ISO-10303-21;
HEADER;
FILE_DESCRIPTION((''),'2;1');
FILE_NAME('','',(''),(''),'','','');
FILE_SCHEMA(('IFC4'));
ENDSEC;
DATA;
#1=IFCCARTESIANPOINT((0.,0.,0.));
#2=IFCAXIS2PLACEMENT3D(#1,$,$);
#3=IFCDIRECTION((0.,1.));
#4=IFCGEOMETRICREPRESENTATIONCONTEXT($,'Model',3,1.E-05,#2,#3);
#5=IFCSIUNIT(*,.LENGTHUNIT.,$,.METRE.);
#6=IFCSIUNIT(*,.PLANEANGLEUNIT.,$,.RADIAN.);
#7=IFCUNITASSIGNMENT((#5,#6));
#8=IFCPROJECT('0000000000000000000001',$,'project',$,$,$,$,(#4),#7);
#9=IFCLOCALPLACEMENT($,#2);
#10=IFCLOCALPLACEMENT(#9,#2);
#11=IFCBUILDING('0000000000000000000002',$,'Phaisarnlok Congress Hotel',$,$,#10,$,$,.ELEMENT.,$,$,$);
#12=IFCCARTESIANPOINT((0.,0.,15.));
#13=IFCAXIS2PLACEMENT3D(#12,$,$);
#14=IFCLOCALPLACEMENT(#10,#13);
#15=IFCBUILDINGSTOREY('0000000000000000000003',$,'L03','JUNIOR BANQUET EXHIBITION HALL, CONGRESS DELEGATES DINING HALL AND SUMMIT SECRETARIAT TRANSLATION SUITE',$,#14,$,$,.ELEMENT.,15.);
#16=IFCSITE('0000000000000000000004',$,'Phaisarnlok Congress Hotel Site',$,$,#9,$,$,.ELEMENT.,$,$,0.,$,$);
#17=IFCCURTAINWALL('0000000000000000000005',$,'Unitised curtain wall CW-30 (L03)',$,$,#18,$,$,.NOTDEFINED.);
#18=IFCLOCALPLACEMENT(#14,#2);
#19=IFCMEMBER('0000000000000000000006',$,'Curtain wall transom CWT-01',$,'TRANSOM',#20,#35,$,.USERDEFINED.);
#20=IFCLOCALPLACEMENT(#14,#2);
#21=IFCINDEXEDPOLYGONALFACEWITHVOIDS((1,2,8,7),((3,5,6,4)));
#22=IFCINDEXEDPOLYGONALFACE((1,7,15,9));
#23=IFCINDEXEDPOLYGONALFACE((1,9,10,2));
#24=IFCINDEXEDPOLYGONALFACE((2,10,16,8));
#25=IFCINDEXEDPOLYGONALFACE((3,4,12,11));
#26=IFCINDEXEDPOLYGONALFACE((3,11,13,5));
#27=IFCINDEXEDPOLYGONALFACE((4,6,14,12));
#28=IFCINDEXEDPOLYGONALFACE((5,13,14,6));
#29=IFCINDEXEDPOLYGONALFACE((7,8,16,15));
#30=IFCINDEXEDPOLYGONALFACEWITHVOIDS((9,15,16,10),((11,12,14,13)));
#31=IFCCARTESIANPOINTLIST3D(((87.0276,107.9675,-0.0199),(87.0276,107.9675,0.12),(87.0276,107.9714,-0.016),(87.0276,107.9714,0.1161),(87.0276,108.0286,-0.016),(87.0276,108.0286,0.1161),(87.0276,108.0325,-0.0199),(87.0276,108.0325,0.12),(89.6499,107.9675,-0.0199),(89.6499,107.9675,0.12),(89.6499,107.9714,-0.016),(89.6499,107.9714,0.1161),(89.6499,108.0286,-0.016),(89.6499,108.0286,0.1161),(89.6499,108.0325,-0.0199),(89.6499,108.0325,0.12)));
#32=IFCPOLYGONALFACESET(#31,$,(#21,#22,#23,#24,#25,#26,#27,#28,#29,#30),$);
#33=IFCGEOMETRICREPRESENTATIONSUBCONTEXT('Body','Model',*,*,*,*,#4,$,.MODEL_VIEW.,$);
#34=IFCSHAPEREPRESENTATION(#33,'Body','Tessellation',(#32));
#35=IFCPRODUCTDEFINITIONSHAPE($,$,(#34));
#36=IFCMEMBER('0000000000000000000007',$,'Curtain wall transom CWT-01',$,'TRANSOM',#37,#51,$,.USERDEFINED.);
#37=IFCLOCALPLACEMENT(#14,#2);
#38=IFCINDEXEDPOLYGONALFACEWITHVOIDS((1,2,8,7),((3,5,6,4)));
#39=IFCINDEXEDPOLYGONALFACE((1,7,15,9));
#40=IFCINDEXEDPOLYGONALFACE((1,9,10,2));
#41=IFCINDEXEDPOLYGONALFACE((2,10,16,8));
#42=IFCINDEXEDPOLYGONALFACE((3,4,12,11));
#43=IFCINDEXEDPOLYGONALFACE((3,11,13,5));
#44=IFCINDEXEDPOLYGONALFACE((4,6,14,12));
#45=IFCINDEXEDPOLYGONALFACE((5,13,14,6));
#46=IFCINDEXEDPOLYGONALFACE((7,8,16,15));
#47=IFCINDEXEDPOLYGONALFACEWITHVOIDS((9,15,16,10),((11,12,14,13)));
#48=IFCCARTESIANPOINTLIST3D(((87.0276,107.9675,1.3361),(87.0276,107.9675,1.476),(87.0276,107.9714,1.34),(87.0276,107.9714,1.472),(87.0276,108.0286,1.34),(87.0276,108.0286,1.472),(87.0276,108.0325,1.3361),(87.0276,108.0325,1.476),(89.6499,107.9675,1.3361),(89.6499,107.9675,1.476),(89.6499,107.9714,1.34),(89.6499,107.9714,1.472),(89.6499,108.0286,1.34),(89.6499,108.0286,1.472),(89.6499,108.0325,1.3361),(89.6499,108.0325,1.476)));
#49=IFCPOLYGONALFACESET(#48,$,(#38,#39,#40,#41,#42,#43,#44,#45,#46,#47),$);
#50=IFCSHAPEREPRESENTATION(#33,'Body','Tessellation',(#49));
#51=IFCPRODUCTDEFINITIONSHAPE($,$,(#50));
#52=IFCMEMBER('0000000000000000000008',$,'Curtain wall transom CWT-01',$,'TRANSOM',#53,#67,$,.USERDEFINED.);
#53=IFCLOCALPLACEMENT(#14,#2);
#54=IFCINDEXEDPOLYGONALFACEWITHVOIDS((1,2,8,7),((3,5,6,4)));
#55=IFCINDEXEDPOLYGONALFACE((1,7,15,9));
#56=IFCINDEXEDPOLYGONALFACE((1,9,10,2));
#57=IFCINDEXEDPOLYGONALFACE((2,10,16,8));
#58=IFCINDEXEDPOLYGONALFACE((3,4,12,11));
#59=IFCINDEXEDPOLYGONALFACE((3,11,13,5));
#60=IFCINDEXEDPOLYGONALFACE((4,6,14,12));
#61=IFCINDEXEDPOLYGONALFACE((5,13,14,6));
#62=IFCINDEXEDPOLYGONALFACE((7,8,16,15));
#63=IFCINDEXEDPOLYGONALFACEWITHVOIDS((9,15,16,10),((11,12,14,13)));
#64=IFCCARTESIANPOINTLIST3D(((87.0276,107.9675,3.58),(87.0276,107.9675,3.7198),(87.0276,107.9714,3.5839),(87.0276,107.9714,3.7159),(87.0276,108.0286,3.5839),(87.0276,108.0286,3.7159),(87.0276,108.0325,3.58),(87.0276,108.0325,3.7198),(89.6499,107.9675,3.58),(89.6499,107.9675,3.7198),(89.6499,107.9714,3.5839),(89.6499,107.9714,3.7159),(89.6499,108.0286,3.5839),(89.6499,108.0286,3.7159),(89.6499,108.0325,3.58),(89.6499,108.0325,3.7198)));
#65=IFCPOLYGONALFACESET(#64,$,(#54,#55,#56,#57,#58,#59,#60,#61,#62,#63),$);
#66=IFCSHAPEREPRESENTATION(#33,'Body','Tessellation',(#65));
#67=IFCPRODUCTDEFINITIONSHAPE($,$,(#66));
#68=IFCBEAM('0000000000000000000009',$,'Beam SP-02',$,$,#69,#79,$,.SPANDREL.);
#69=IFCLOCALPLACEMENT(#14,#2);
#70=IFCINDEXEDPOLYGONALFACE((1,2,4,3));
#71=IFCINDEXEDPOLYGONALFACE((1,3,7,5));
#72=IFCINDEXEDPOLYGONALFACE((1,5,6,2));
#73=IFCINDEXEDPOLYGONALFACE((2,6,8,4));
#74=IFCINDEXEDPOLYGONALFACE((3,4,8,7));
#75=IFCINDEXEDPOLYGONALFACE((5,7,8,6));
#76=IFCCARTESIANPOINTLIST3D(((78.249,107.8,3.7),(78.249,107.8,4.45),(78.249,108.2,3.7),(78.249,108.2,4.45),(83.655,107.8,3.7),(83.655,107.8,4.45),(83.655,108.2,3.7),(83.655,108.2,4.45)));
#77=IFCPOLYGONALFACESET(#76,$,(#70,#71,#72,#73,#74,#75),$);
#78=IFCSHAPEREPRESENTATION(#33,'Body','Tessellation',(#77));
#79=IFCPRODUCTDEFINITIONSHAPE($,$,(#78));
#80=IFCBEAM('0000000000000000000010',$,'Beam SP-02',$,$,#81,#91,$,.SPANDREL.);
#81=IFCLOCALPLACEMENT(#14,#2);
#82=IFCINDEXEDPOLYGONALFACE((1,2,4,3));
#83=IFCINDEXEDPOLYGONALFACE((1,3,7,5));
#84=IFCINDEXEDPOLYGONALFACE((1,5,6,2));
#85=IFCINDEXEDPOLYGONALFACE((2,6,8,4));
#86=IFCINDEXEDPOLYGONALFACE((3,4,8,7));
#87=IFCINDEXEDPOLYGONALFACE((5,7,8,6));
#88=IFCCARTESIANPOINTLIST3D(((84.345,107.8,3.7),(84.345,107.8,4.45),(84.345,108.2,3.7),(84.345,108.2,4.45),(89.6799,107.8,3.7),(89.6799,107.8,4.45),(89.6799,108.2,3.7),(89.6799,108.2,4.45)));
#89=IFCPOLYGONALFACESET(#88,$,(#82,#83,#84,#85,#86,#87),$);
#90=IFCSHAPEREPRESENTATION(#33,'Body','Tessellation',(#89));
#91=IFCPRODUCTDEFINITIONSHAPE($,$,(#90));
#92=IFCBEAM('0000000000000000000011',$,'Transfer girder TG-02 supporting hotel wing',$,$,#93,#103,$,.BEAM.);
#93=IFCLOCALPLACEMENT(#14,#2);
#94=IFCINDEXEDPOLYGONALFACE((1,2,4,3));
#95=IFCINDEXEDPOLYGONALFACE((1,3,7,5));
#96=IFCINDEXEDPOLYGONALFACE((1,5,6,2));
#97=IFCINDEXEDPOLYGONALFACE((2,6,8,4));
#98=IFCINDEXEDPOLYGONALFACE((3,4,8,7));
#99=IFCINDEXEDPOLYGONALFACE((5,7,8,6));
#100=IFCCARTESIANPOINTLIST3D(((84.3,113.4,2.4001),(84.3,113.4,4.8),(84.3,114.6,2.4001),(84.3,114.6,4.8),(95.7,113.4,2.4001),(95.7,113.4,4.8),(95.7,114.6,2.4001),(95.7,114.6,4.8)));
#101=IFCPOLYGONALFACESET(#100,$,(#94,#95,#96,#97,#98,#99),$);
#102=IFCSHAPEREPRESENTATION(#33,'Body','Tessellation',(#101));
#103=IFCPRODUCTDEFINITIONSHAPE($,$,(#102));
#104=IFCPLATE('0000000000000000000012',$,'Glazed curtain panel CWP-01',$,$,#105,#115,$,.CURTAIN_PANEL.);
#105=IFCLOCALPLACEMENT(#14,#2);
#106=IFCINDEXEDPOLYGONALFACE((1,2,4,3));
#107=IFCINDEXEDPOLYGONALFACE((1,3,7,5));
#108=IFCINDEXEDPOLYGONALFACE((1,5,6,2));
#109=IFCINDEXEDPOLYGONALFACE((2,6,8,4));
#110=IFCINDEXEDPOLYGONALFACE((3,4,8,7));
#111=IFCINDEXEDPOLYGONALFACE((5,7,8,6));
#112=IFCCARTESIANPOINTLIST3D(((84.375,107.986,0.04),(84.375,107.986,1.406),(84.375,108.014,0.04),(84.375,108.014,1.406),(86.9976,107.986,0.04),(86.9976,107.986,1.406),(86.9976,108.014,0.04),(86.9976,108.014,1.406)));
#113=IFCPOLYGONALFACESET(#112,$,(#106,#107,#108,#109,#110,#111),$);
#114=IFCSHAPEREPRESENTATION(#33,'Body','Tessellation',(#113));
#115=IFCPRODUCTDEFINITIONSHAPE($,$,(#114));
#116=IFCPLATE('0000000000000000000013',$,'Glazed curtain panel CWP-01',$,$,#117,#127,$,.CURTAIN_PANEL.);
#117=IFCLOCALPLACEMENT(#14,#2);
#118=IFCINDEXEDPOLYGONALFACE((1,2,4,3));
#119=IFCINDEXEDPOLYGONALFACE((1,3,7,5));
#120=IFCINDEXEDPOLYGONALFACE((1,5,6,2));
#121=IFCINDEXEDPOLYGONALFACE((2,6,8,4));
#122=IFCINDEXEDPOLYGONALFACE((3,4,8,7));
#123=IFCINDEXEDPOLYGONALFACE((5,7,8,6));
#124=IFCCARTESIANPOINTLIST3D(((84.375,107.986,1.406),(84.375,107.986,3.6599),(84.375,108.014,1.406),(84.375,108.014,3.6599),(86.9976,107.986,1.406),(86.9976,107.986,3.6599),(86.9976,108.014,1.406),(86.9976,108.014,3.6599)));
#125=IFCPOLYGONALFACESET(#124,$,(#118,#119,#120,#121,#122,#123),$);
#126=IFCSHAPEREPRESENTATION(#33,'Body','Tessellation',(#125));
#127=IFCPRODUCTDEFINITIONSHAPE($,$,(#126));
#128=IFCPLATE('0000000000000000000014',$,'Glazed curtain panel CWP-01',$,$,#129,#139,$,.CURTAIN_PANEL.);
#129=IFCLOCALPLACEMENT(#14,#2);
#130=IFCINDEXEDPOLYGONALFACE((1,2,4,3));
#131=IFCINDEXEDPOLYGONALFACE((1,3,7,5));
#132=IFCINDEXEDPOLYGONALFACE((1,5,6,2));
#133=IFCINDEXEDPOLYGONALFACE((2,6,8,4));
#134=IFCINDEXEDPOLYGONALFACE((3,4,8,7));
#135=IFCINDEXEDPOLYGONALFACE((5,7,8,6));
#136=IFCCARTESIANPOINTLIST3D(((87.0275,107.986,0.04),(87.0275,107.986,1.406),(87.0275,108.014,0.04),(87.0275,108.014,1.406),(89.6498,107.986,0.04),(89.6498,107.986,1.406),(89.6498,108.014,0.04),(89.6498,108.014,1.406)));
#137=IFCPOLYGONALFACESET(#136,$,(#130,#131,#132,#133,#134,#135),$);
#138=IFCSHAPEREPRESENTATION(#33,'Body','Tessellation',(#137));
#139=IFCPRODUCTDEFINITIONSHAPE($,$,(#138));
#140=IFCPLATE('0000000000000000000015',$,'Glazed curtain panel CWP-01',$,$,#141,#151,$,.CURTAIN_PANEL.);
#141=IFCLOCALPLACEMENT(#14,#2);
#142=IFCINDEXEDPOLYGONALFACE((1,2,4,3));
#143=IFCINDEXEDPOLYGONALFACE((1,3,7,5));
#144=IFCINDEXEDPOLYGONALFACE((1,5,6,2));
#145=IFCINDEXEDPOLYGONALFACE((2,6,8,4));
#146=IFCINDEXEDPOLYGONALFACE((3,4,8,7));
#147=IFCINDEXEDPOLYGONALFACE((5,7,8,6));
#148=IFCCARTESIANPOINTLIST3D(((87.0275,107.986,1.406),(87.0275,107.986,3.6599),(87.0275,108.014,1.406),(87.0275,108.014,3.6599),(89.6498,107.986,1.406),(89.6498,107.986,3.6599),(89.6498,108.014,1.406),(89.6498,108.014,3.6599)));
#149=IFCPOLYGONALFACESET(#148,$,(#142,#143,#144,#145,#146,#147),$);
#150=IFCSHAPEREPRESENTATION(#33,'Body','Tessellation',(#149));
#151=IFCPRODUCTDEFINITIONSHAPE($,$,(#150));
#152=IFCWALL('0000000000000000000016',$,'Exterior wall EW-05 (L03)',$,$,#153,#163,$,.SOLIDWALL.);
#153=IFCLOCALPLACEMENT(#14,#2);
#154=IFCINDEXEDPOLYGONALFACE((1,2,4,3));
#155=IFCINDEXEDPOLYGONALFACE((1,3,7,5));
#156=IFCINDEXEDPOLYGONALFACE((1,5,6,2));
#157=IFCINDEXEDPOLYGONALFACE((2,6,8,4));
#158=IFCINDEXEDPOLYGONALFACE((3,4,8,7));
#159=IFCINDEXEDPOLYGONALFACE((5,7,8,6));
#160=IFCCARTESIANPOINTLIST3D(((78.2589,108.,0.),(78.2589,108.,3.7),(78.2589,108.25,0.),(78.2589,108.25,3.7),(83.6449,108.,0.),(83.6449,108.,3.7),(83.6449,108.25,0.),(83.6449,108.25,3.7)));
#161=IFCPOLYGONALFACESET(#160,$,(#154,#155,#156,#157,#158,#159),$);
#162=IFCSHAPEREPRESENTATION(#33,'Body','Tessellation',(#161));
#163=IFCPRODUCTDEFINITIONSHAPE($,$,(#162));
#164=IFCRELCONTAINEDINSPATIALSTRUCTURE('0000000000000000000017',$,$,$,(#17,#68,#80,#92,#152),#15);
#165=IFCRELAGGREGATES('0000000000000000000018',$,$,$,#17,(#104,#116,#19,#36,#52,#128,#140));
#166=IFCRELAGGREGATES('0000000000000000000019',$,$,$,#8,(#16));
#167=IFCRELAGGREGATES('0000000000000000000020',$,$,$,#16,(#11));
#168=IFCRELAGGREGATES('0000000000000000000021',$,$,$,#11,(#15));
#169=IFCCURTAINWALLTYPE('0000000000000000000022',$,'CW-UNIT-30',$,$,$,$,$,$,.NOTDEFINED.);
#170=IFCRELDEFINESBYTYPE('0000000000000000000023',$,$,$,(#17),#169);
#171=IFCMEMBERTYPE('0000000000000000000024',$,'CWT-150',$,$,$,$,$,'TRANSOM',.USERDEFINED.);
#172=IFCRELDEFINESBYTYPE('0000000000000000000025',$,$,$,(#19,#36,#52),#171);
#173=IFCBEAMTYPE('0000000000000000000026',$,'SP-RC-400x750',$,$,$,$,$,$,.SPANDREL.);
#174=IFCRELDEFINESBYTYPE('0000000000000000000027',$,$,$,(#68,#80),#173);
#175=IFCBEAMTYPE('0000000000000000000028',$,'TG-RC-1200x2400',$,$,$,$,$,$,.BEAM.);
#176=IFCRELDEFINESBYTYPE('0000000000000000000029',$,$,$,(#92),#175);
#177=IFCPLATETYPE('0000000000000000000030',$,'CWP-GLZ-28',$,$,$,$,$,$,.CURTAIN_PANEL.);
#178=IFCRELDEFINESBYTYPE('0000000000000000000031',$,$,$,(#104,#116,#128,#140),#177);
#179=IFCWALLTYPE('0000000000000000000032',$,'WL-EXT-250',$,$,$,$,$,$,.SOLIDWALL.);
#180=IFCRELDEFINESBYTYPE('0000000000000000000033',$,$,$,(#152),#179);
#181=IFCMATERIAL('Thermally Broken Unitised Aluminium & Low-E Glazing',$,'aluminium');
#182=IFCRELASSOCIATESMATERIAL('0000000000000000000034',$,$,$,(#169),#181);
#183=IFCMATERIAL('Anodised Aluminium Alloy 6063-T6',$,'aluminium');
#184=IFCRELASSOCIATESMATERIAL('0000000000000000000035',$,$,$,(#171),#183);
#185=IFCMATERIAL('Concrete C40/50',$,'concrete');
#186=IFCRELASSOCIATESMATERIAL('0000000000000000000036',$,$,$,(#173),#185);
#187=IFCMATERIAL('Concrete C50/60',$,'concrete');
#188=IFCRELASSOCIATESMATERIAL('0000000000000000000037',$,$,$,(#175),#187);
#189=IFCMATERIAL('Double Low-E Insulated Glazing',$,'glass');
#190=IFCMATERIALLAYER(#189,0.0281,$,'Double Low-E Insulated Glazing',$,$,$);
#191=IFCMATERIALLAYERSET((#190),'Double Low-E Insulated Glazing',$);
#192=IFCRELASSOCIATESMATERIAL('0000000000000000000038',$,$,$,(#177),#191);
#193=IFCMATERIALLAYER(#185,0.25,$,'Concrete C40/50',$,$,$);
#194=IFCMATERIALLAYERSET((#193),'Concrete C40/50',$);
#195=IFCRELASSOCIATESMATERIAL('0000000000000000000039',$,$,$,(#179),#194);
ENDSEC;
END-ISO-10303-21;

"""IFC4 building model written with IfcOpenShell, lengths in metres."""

from ifc_helpers import new_model, si_unit, direction, frame, frame_2d, origin, origin_2d, place, context, subcontext, project, spatial, rectangle, hollow_rectangle, extrude, material, layer, layer_set, material_profile, profile_set, type_object, element, aggregate, save


model = new_model("IFC4")

# Units and contexts
model_context = context("Model", 3, precision=1e-05, world=origin(), true_north=direction((0.0, 1.0)))
body_context = subcontext(model_context, "Body", "Model", "MODEL_VIEW")
ifc_project = project(units=[si_unit("LENGTHUNIT", "METRE"), si_unit("PLANEANGLEUNIT", "RADIAN")], contexts=[model_context])

# Site, building, storey
site_placement = place(None, origin())
site = spatial("IfcSite", under=ifc_project, at=site_placement, Name="Phaisarnlok Congress Hotel Site", CompositionType="ELEMENT", RefElevation=0.0)
building_placement = place(site_placement, origin())
building = spatial("IfcBuilding", under=site, at=building_placement, Name="Phaisarnlok Congress Hotel", CompositionType="ELEMENT")
storey_placement = place(building_placement, frame((0.0, 0.0, 15.0)))
storey = spatial("IfcBuildingStorey", under=building, at=storey_placement, Name="L03", Description="JUNIOR BANQUET EXHIBITION HALL, CONGRESS DELEGATES DINING HALL AND SUMMIT SECRETARIAT TRANSLATION SUITE", CompositionType="ELEMENT", Elevation=15.0)

# Shared definitions
ifc_material_1 = material(Name="Concrete C50/60", Category="concrete")

# Shared definitions
ifc_material_2 = material(Name="Concrete C40/50", Category="concrete")

# Curtain wall, members
ifc_material_3 = material(Name="Thermally Broken Unitised Aluminium & Low-E Glazing", Category="aluminium")
curtain_wall_type = type_object("IfcCurtainWallType", Name="CW-UNIT-30", PredefinedType="NOTDEFINED", material=ifc_material_3)
curtain_wall_placement = place(storey_placement, origin())
curtain_wall = element("IfcCurtainWall", 1, at=curtain_wall_placement, inside=storey, type_object=curtain_wall_type, Name="Unitised curtain wall CW-30 (L03)", PredefinedType="NOTDEFINED")
ifc_material_4 = material(Name="Anodised Aluminium Alloy 6063-T6", Category="aluminium")
ifc_material_profile_1 = material_profile(ifc_material_4, hollow_rectangle(XDim=0.0649, YDim=0.1399, WallThickness=0.0039, at=origin_2d()), Name="ALU-T 65x140x4")
ifc_profile_set_1 = profile_set([ifc_material_profile_1], Name="Anodised Aluminium Alloy 6063-T6")
member_type_1 = type_object("IfcMemberType", Name="CWT-150", ElementType="TRANSOM", PredefinedType="USERDEFINED", material=ifc_profile_set_1)
member_1_placement = place(storey_placement, frame((87.0276, 108.0, 0.05), z_axis=(1.0, 0.0, 0.0), x_axis=(0.0, 1.0, 0.0)))
member_1 = element("IfcMember", 2, at=member_1_placement, type_object=member_type_1, Name="Curtain wall transom CWT-01", ObjectType="TRANSOM", PredefinedType="USERDEFINED", context=body_context, shape_type="SweptSolid", body=[
    extrude(hollow_rectangle(XDim=0.0649, YDim=0.1399, WallThickness=0.0039, at=origin_2d()), origin(), (0.0, 0.0, 1.0), 2.6223),
])
member_2_placement = place(storey_placement, frame((87.0276, 108.0, 1.406), z_axis=(1.0, 0.0, 0.0), x_axis=(0.0, 1.0, 0.0)))
member_2 = element("IfcMember", 3, at=member_2_placement, type_object=member_type_1, Name="Curtain wall transom CWT-01", ObjectType="TRANSOM", PredefinedType="USERDEFINED", context=body_context, shape_type="SweptSolid", body=[
    extrude(hollow_rectangle(XDim=0.0649, YDim=0.1399, WallThickness=0.0039, at=origin_2d()), origin(), (0.0, 0.0, 1.0), 2.6223),
])
member_3_placement = place(storey_placement, frame((87.0276, 108.0, 3.6499), z_axis=(1.0, 0.0, 0.0), x_axis=(0.0, 1.0, 0.0)))
member_3 = element("IfcMember", 4, at=member_3_placement, type_object=member_type_1, Name="Curtain wall transom CWT-01", ObjectType="TRANSOM", PredefinedType="USERDEFINED", context=body_context, shape_type="SweptSolid", body=[
    extrude(hollow_rectangle(XDim=0.0649, YDim=0.1399, WallThickness=0.0039, at=origin_2d()), origin(), (0.0, 0.0, 1.0), 2.6223),
])

# Beams
ifc_material_profile_2 = material_profile(ifc_material_2, rectangle(XDim=0.3999, YDim=0.75, at=origin_2d()), Name="RC 400x750")
ifc_profile_set_2 = profile_set([ifc_material_profile_2], Name="Concrete C40/50")
beam_type_1 = type_object("IfcBeamType", Name="SP-RC-400x750", PredefinedType="SPANDREL", material=ifc_profile_set_2)
beam_1_placement = place(storey_placement, frame((78.249, 108.0, 4.075), z_axis=(1.0, 0.0, 0.0), x_axis=(0.0, 1.0, 0.0)))
element("IfcBeam", 5, at=beam_1_placement, inside=storey, type_object=beam_type_1, Name="Beam SP-02", PredefinedType="SPANDREL", context=body_context, shape_type="SweptSolid", body=[
    extrude(rectangle(XDim=0.3999, YDim=0.75, at=origin_2d()), origin(), (0.0, 0.0, 1.0), 5.406),
])
beam_2_placement = place(storey_placement, frame((84.345, 108.0, 4.075), z_axis=(1.0, 0.0, 0.0), x_axis=(0.0, 1.0, 0.0)))
element("IfcBeam", 6, at=beam_2_placement, inside=storey, type_object=beam_type_1, Name="Beam SP-02", PredefinedType="SPANDREL", context=body_context, shape_type="SweptSolid", body=[
    extrude(rectangle(XDim=0.3999, YDim=0.75, at=origin_2d()), origin(), (0.0, 0.0, 1.0), 5.335),
])
ifc_material_profile_3 = material_profile(ifc_material_1, rectangle(XDim=1.2, YDim=2.3999, at=origin_2d()), Name="RC 1200x2400")
ifc_profile_set_3 = profile_set([ifc_material_profile_3], Name="Concrete C50/60")
beam_type_2 = type_object("IfcBeamType", Name="TG-RC-1200x2400", PredefinedType="BEAM", material=ifc_profile_set_3)
beam_3_placement = place(storey_placement, frame((84.3, 114.0, 3.6001), z_axis=(1.0, 0.0, 0.0), x_axis=(0.0, 1.0, 0.0)))
element("IfcBeam", 7, at=beam_3_placement, inside=storey, type_object=beam_type_2, Name="Transfer girder TG-02 supporting hotel wing", PredefinedType="BEAM", context=body_context, shape_type="SweptSolid", body=[
    extrude(rectangle(XDim=1.2, YDim=2.3999, at=origin_2d()), origin(), (0.0, 0.0, 1.0), 11.3999),
])

# Plates
ifc_material_5 = material(Name="Double Low-E Insulated Glazing", Category="glass")
ifc_layer_1 = layer(ifc_material_5, 0.0281, Name="Double Low-E Insulated Glazing")
ifc_layer_set_1 = layer_set([ifc_layer_1], Name="Double Low-E Insulated Glazing")
plate_type = type_object("IfcPlateType", Name="CWP-GLZ-28", PredefinedType="CURTAIN_PANEL", material=ifc_layer_set_1)
plate_1_placement = place(storey_placement, frame((84.375, 108.0, 0.04), z_axis=(0.0, 0.0, 1.0), x_axis=(1.0, 0.0, 0.0)))
plate_1 = element("IfcPlate", 8, at=plate_1_placement, type_object=plate_type, Name="Glazed curtain panel CWP-01", PredefinedType="CURTAIN_PANEL", context=body_context, shape_type="SweptSolid", body=[
    extrude(rectangle(XDim=2.6226, YDim=0.0281, at=frame_2d((1.3113, 0.0))), origin(), (0.0, 0.0, 1.0), 1.366),
])
plate_2_placement = place(storey_placement, frame((84.375, 108.0, 1.406), z_axis=(0.0, 0.0, 1.0), x_axis=(1.0, 0.0, 0.0)))
plate_2 = element("IfcPlate", 9, at=plate_2_placement, type_object=plate_type, Name="Glazed curtain panel CWP-01", PredefinedType="CURTAIN_PANEL", context=body_context, shape_type="SweptSolid", body=[
    extrude(rectangle(XDim=2.6226, YDim=0.0281, at=frame_2d((1.3113, 0.0))), origin(), (0.0, 0.0, 1.0), 2.2539),
])
plate_3_placement = place(storey_placement, frame((87.0276, 108.0, 0.04), z_axis=(0.0, 0.0, 1.0), x_axis=(1.0, 0.0, 0.0)))
plate_3 = element("IfcPlate", 10, at=plate_3_placement, type_object=plate_type, Name="Glazed curtain panel CWP-01", PredefinedType="CURTAIN_PANEL", context=body_context, shape_type="SweptSolid", body=[
    extrude(rectangle(XDim=2.6223, YDim=0.0281, at=frame_2d((1.311, 0.0))), origin(), (0.0, 0.0, 1.0), 1.366),
])
plate_4_placement = place(storey_placement, frame((87.0276, 108.0, 1.406), z_axis=(0.0, 0.0, 1.0), x_axis=(1.0, 0.0, 0.0)))
plate_4 = element("IfcPlate", 11, at=plate_4_placement, type_object=plate_type, Name="Glazed curtain panel CWP-01", PredefinedType="CURTAIN_PANEL", context=body_context, shape_type="SweptSolid", body=[
    extrude(rectangle(XDim=2.6223, YDim=0.0281, at=frame_2d((1.311, 0.0))), origin(), (0.0, 0.0, 1.0), 2.2539),
])
aggregate(curtain_wall, [plate_1, plate_2, member_1, member_2, member_3, plate_3, plate_4])

# Wall
ifc_layer_2 = layer(ifc_material_2, 0.25, Name="Concrete C40/50")
ifc_layer_set_2 = layer_set([ifc_layer_2], Name="Concrete C40/50")
wall_type_1 = type_object("IfcWallType", Name="WL-EXT-250", PredefinedType="SOLIDWALL", material=ifc_layer_set_2)
wall_1_placement = place(storey_placement, frame((78.259, 108.125, 0.0), z_axis=(0.0, 0.0, 1.0), x_axis=(1.0, 0.0, 0.0)))
element("IfcWall", 12, at=wall_1_placement, inside=storey, type_object=wall_type_1, Name="Exterior wall EW-05 (L03)", PredefinedType="SOLIDWALL", context=body_context, shape_type="SweptSolid", body=[
    extrude(rectangle(XDim=5.386, YDim=0.25, at=frame_2d((2.6929, 0.0))), origin(), (0.0, 0.0, 1.0), 3.7),
])

save(model, "model.ifc")
